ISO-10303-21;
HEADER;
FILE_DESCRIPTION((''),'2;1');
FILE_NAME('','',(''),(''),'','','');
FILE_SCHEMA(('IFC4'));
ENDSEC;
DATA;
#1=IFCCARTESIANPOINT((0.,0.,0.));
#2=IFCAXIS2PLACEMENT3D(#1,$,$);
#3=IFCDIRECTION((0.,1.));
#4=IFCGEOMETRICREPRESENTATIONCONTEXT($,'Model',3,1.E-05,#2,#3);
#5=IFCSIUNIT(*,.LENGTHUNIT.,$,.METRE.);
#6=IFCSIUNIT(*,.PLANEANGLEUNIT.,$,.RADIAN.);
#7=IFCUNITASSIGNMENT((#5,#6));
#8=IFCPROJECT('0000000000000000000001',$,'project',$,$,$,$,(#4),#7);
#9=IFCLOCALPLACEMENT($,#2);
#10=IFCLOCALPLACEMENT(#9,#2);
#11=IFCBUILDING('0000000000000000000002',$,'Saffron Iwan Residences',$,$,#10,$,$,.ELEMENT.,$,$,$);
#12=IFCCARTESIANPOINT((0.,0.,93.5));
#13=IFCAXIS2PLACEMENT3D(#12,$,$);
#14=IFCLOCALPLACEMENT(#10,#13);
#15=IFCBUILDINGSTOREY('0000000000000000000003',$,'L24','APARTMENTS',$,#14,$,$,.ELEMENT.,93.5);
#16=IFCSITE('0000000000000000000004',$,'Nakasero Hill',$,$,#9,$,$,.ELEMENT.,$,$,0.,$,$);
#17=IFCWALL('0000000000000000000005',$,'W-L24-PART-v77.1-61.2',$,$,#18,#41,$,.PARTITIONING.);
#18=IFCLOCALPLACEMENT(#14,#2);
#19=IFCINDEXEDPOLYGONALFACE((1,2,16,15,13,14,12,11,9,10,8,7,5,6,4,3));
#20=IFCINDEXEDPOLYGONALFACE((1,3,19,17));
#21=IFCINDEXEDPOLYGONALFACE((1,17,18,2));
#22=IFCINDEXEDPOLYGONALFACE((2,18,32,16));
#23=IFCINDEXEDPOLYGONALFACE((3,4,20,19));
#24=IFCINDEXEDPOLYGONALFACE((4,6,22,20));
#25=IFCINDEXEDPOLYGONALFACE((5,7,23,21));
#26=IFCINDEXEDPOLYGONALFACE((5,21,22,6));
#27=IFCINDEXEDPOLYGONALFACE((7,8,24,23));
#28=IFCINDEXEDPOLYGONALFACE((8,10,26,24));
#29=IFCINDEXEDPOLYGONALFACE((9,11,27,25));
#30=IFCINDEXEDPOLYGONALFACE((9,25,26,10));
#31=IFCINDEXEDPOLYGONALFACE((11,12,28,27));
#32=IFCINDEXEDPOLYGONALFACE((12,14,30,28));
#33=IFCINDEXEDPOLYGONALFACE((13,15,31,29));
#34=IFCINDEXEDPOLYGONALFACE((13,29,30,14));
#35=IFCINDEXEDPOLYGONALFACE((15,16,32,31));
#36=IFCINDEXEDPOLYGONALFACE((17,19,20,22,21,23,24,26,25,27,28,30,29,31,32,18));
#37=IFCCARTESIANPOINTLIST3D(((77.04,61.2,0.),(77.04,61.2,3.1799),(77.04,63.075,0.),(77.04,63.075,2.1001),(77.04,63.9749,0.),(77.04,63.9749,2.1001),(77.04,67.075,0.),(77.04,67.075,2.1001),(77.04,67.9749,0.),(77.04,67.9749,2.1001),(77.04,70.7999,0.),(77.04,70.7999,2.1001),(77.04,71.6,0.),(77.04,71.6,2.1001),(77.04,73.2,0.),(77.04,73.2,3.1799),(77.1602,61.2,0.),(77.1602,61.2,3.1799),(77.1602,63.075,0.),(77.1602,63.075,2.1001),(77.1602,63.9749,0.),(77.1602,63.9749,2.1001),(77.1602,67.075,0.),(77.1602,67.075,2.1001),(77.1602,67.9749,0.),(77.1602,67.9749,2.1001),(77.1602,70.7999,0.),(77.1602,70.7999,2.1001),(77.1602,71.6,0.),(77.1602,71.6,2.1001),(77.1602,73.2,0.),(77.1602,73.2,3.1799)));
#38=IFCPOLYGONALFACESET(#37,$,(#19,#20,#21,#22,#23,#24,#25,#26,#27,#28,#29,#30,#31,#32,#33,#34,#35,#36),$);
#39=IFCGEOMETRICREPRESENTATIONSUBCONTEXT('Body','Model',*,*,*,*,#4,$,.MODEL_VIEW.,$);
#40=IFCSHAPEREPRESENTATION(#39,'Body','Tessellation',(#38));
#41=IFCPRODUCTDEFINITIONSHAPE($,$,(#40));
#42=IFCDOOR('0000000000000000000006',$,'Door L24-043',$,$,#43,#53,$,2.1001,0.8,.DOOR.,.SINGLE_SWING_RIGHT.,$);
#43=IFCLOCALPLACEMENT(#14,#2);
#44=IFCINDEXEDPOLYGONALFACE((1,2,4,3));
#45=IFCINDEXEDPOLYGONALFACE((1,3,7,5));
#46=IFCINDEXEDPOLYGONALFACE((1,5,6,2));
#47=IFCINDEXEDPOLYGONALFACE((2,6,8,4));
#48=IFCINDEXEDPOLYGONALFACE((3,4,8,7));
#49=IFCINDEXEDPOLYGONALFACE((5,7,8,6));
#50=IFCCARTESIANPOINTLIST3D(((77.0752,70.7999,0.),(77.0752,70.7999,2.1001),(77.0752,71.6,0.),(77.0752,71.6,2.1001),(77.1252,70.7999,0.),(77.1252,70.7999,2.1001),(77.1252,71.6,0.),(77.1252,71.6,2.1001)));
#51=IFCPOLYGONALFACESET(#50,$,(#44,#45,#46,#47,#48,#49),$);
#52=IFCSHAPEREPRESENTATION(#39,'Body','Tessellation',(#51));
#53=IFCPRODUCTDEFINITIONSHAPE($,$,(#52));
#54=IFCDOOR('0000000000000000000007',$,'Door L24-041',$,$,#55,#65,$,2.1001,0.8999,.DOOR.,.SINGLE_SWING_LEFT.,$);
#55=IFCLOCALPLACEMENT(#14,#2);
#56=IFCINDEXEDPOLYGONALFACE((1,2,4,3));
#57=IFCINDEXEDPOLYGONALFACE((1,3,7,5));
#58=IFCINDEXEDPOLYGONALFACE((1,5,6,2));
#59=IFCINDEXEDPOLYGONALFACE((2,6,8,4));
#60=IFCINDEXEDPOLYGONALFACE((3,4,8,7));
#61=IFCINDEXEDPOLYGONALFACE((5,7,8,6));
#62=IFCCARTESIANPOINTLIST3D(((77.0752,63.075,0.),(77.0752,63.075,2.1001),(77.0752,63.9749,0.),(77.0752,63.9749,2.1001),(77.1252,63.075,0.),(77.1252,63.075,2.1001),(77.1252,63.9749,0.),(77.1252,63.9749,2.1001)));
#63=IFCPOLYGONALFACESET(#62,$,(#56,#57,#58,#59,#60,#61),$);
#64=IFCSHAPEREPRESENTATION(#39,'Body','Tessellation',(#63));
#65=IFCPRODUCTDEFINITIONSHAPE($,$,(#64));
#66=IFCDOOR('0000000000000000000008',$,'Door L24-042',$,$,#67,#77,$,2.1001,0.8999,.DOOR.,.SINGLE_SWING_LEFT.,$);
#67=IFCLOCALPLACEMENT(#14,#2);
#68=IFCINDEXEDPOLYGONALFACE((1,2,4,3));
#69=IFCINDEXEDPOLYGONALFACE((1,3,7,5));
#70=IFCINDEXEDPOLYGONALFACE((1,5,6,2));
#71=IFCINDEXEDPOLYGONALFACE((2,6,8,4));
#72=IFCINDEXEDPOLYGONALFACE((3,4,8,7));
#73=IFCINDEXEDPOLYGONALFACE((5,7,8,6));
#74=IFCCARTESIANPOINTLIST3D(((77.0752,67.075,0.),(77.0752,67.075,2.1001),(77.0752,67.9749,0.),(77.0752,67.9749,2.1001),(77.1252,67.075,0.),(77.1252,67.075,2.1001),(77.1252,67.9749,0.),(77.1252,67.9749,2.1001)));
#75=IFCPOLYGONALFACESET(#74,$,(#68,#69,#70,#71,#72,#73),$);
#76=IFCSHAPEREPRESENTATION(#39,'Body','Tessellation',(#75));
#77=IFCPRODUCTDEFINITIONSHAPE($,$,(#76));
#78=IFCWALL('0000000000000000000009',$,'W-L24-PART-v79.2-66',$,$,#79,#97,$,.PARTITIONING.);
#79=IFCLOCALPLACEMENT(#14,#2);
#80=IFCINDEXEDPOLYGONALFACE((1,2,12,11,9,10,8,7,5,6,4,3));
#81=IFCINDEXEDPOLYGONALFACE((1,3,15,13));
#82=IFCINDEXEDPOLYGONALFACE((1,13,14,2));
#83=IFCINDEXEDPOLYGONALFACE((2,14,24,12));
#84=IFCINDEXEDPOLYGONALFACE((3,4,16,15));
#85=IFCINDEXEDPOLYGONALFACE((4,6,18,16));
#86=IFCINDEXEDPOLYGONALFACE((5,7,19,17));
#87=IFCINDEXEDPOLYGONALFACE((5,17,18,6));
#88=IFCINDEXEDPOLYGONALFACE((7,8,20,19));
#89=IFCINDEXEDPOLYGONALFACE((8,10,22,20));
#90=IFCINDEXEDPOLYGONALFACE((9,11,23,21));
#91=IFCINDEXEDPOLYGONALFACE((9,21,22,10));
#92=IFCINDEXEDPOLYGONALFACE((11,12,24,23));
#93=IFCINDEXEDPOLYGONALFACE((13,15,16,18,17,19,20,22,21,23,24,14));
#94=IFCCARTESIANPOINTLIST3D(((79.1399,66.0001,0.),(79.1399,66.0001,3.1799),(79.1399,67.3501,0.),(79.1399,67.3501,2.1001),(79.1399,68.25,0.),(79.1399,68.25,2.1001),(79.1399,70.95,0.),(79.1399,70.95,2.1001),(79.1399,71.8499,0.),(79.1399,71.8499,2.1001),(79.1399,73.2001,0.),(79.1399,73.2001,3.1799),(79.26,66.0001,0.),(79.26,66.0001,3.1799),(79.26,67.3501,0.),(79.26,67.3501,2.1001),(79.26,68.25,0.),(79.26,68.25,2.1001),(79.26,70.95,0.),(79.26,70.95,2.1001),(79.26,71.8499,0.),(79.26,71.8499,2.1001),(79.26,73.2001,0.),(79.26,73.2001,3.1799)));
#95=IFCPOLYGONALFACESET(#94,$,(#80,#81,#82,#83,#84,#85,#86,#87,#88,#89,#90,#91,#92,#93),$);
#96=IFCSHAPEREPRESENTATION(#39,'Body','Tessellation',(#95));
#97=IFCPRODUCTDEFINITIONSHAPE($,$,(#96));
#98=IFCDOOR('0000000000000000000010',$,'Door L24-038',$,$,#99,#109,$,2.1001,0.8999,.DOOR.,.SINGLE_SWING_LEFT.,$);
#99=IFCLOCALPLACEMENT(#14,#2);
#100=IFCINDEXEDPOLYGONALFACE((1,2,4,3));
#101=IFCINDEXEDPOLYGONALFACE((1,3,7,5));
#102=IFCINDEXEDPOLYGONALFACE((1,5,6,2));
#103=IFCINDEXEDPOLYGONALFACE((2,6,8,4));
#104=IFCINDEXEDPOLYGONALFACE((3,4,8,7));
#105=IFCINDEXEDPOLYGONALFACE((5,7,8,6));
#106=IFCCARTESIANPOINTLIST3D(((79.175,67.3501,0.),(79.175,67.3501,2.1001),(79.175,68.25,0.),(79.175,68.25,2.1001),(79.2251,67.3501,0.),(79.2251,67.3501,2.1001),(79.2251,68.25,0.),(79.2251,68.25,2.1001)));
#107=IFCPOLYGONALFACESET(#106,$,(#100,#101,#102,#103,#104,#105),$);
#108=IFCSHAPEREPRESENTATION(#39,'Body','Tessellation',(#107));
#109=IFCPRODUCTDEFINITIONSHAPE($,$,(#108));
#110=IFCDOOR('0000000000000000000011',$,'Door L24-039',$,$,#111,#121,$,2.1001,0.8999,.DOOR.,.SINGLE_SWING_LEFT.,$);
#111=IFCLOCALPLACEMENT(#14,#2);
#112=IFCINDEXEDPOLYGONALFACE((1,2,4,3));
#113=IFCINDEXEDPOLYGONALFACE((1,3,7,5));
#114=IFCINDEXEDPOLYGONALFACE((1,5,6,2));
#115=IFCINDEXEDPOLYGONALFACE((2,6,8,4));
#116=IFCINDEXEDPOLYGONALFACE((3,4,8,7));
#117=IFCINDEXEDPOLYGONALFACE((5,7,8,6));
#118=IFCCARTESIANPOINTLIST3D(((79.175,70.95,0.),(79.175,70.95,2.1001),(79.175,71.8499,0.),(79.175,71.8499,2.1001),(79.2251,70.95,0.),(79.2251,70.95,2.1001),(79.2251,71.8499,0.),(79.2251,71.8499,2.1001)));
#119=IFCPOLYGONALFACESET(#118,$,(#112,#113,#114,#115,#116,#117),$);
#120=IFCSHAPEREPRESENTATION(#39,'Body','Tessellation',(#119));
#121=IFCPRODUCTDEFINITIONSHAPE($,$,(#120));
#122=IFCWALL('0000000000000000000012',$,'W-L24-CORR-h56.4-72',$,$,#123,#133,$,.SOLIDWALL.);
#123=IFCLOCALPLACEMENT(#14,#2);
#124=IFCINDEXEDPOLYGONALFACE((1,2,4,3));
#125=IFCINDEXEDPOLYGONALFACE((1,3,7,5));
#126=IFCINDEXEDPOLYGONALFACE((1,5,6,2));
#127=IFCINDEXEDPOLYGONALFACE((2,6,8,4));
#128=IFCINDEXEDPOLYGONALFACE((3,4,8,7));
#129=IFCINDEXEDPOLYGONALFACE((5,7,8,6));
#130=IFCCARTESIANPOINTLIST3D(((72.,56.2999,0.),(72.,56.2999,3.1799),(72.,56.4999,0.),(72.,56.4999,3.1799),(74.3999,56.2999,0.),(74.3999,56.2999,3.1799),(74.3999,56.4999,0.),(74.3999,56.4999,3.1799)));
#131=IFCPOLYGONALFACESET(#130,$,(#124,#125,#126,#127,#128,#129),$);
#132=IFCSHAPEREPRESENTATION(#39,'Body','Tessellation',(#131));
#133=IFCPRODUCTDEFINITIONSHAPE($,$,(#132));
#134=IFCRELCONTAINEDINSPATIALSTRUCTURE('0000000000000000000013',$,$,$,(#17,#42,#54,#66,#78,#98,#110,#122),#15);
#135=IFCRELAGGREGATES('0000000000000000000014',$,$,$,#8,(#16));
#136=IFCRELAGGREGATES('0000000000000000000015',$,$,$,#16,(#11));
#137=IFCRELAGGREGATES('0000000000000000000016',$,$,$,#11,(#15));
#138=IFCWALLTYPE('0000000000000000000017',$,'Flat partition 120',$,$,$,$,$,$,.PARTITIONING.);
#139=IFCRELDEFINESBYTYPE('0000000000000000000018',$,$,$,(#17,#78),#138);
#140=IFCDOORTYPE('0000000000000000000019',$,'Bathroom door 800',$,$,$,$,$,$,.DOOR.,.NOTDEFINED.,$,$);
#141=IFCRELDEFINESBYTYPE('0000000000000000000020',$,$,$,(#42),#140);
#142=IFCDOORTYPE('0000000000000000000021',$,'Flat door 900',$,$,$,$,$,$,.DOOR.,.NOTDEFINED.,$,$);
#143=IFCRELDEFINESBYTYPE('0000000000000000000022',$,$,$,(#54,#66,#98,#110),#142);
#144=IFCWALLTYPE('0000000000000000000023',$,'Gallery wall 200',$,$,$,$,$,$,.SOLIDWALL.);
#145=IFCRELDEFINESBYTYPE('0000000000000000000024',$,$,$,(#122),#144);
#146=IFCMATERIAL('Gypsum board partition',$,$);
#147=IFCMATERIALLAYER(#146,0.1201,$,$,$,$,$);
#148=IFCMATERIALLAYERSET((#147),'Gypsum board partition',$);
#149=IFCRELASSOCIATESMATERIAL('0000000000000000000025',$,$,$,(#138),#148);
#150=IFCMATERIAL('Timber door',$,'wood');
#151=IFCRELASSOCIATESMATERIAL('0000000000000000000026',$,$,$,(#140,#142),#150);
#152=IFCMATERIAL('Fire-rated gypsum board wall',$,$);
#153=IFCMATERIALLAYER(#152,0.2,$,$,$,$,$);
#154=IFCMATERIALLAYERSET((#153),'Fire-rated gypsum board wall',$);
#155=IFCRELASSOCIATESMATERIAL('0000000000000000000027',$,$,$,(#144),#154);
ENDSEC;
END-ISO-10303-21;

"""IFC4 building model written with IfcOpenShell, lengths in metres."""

from ifc_helpers import new_model, si_unit, direction, frame, frame_2d, origin, place, context, subcontext, project, spatial, rectangle, extrude, material, layer, layer_set, type_object, element, fill, save


model = new_model("IFC4")

# Units and contexts
model_context = context("Model", 3, precision=1e-05, world=origin(), true_north=direction((0.0, 1.0)))
body_context = subcontext(model_context, "Body", "Model", "MODEL_VIEW")
ifc_project = project(units=[si_unit("LENGTHUNIT", "METRE"), si_unit("PLANEANGLEUNIT", "RADIAN")], contexts=[model_context])

# Site, building, storey
site_placement = place(None, origin())
site = spatial("IfcSite", under=ifc_project, at=site_placement, Name="Nakasero Hill", CompositionType="ELEMENT", RefElevation=0.0)
building_placement = place(site_placement, origin())
building = spatial("IfcBuilding", under=site, at=building_placement, Name="Saffron Iwan Residences", CompositionType="ELEMENT")
storey_placement = place(building_placement, frame((0.0, 0.0, 93.5)))
storey = spatial("IfcBuildingStorey", under=building, at=storey_placement, Name="L24", Description="APARTMENTS", CompositionType="ELEMENT", Elevation=93.5)

# Shared definitions
ifc_material_1 = material(Name="Fire-rated gypsum board wall")
ifc_material_2 = material(Name="Gypsum board partition")
ifc_layer_1 = layer(ifc_material_2, 0.1201)
ifc_layer_set_1 = layer_set([ifc_layer_1], Name="Gypsum board partition")
wall_type_1 = type_object("IfcWallType", Name="Flat partition 120", PredefinedType="PARTITIONING", material=ifc_layer_set_1)

# Shared definitions
ifc_material_3 = material(Name="Timber door", Category="wood")
door_type_1 = type_object("IfcDoorType", Name="Bathroom door 800", OperationType="NOTDEFINED", PredefinedType="DOOR", material=ifc_material_3)

# Walls, openings, doors
wall_1_placement = place(storey_placement, frame((77.1001, 61.2, 0.0), z_axis=(0.0, 0.0, 1.0), x_axis=(0.0, 1.0, 0.0)))
wall_1 = element("IfcWall", 1, at=wall_1_placement, inside=storey, type_object=wall_type_1, Name="W-L24-PART-v77.1-61.2", PredefinedType="PARTITIONING", context=body_context, shape_type="SweptSolid", body=[
    extrude(rectangle(XDim=12.0, YDim=0.1201, at=frame_2d((6.0, 0.0))), origin(), (0.0, 0.0, 1.0), 3.1799),
])
opening_1_placement = place(wall_1_placement, frame((1.875, 0.0, 0.0)))
opening_1 = element("IfcOpeningElement", 2, at=opening_1_placement, cuts=wall_1, PredefinedType="OPENING", context=body_context, shape_type="SweptSolid", body=[
    extrude(rectangle(XDim=0.8999, YDim=2.1001, at=frame_2d((0.45, 1.05))), frame((0.0, 0.0701, 0.0), z_axis=(0.0, -1.0, 0.0), x_axis=(1.0, 0.0, 0.0)), (0.0, 0.0, 1.0), 0.1401),
])
opening_2_placement = place(wall_1_placement, frame((5.875, 0.0, 0.0)))
opening_2 = element("IfcOpeningElement", 3, at=opening_2_placement, cuts=wall_1, PredefinedType="OPENING", context=body_context, shape_type="SweptSolid", body=[
    extrude(rectangle(XDim=0.8999, YDim=2.1001, at=frame_2d((0.45, 1.05))), frame((0.0, 0.0701, 0.0), z_axis=(0.0, -1.0, 0.0), x_axis=(1.0, 0.0, 0.0)), (0.0, 0.0, 1.0), 0.1401),
])
opening_3_placement = place(wall_1_placement, frame((9.6001, 0.0, 0.0)))
opening_3 = element("IfcOpeningElement", 4, at=opening_3_placement, cuts=wall_1, PredefinedType="OPENING", context=body_context, shape_type="SweptSolid", body=[
    extrude(rectangle(XDim=0.8, YDim=2.1001, at=frame_2d((0.3999, 1.05))), frame((0.0, 0.0701, 0.0), z_axis=(0.0, -1.0, 0.0), x_axis=(1.0, 0.0, 0.0)), (0.0, 0.0, 1.0), 0.1401),
])
door_1_placement = place(opening_3_placement, origin())
door_1 = element("IfcDoor", 5, at=door_1_placement, inside=storey, type_object=door_type_1, Name="Door L24-043", OperationType="SINGLE_SWING_RIGHT", OverallHeight=2.1001, OverallWidth=0.8, PredefinedType="DOOR", context=body_context, shape_type="SweptSolid", body=[
    extrude(rectangle(XDim=0.8, YDim=2.1001, at=frame_2d((0.3999, 1.05))), frame((0.0, 0.0249, 0.0), z_axis=(0.0, -1.0, 0.0), x_axis=(1.0, 0.0, 0.0)), (0.0, 0.0, 1.0), 0.05),
])
fill(opening_3, door_1)
door_type_2 = type_object("IfcDoorType", Name="Flat door 900", OperationType="NOTDEFINED", PredefinedType="DOOR", material=ifc_material_3)
door_2_placement = place(opening_1_placement, origin())
door_2 = element("IfcDoor", 6, at=door_2_placement, inside=storey, type_object=door_type_2, Name="Door L24-041", OperationType="SINGLE_SWING_LEFT", OverallHeight=2.1001, OverallWidth=0.8999, PredefinedType="DOOR", context=body_context, shape_type="SweptSolid", body=[
    extrude(rectangle(XDim=0.8999, YDim=2.1001, at=frame_2d((0.45, 1.05))), frame((0.0, 0.0249, 0.0), z_axis=(0.0, -1.0, 0.0), x_axis=(1.0, 0.0, 0.0)), (0.0, 0.0, 1.0), 0.05),
])
fill(opening_1, door_2)
door_3_placement = place(opening_2_placement, origin())
door_3 = element("IfcDoor", 7, at=door_3_placement, inside=storey, type_object=door_type_2, Name="Door L24-042", OperationType="SINGLE_SWING_LEFT", OverallHeight=2.1001, OverallWidth=0.8999, PredefinedType="DOOR", context=body_context, shape_type="SweptSolid", body=[
    extrude(rectangle(XDim=0.8999, YDim=2.1001, at=frame_2d((0.45, 1.05))), frame((0.0, 0.0249, 0.0), z_axis=(0.0, -1.0, 0.0), x_axis=(1.0, 0.0, 0.0)), (0.0, 0.0, 1.0), 0.05),
])
fill(opening_2, door_3)
wall_2_placement = place(storey_placement, frame((79.2, 66.0, 0.0), z_axis=(0.0, 0.0, 1.0), x_axis=(0.0, 1.0, 0.0)))
wall_2 = element("IfcWall", 8, at=wall_2_placement, inside=storey, type_object=wall_type_1, Name="W-L24-PART-v79.2-66", PredefinedType="PARTITIONING", context=body_context, shape_type="SweptSolid", body=[
    extrude(rectangle(XDim=7.2, YDim=0.1201, at=frame_2d((3.6001, 0.0))), origin(), (0.0, 0.0, 1.0), 3.1799),
])
opening_4_placement = place(wall_2_placement, frame((1.3501, 0.0, 0.0)))
opening_4 = element("IfcOpeningElement", 9, at=opening_4_placement, cuts=wall_2, PredefinedType="OPENING", context=body_context, shape_type="SweptSolid", body=[
    extrude(rectangle(XDim=0.8999, YDim=2.1001, at=frame_2d((0.45, 1.05))), frame((0.0, 0.0701, 0.0), z_axis=(0.0, -1.0, 0.0), x_axis=(1.0, 0.0, 0.0)), (0.0, 0.0, 1.0), 0.1401),
])
opening_5_placement = place(wall_2_placement, frame((4.95, 0.0, 0.0)))
opening_5 = element("IfcOpeningElement", 10, at=opening_5_placement, cuts=wall_2, PredefinedType="OPENING", context=body_context, shape_type="SweptSolid", body=[
    extrude(rectangle(XDim=0.8999, YDim=2.1001, at=frame_2d((0.45, 1.05))), frame((0.0, 0.0701, 0.0), z_axis=(0.0, -1.0, 0.0), x_axis=(1.0, 0.0, 0.0)), (0.0, 0.0, 1.0), 0.1401),
])
door_4_placement = place(opening_4_placement, origin())
door_4 = element("IfcDoor", 11, at=door_4_placement, inside=storey, type_object=door_type_2, Name="Door L24-038", OperationType="SINGLE_SWING_LEFT", OverallHeight=2.1001, OverallWidth=0.8999, PredefinedType="DOOR", context=body_context, shape_type="SweptSolid", body=[
    extrude(rectangle(XDim=0.8999, YDim=2.1001, at=frame_2d((0.45, 1.05))), frame((0.0, 0.0249, 0.0), z_axis=(0.0, -1.0, 0.0), x_axis=(1.0, 0.0, 0.0)), (0.0, 0.0, 1.0), 0.05),
])
fill(opening_4, door_4)
door_5_placement = place(opening_5_placement, origin())
door_5 = element("IfcDoor", 12, at=door_5_placement, inside=storey, type_object=door_type_2, Name="Door L24-039", OperationType="SINGLE_SWING_LEFT", OverallHeight=2.1001, OverallWidth=0.8999, PredefinedType="DOOR", context=body_context, shape_type="SweptSolid", body=[
    extrude(rectangle(XDim=0.8999, YDim=2.1001, at=frame_2d((0.45, 1.05))), frame((0.0, 0.0249, 0.0), z_axis=(0.0, -1.0, 0.0), x_axis=(1.0, 0.0, 0.0)), (0.0, 0.0, 1.0), 0.05),
])
fill(opening_5, door_5)

# Wall
ifc_layer_2 = layer(ifc_material_1, 0.2)
ifc_layer_set_2 = layer_set([ifc_layer_2], Name="Fire-rated gypsum board wall")
wall_type_2 = type_object("IfcWallType", Name="Gallery wall 200", PredefinedType="SOLIDWALL", material=ifc_layer_set_2)
wall_3_placement = place(storey_placement, frame((72.0, 56.3999, 0.0), z_axis=(0.0, 0.0, 1.0), x_axis=(1.0, 0.0, 0.0)))
element("IfcWall", 13, at=wall_3_placement, inside=storey, type_object=wall_type_2, Name="W-L24-CORR-h56.4-72", PredefinedType="SOLIDWALL", context=body_context, shape_type="SweptSolid", body=[
    extrude(rectangle(XDim=2.3999, YDim=0.2, at=frame_2d((1.2, 0.0))), origin(), (0.0, 0.0, 1.0), 3.1799),
])

save(model, "model.ifc")
